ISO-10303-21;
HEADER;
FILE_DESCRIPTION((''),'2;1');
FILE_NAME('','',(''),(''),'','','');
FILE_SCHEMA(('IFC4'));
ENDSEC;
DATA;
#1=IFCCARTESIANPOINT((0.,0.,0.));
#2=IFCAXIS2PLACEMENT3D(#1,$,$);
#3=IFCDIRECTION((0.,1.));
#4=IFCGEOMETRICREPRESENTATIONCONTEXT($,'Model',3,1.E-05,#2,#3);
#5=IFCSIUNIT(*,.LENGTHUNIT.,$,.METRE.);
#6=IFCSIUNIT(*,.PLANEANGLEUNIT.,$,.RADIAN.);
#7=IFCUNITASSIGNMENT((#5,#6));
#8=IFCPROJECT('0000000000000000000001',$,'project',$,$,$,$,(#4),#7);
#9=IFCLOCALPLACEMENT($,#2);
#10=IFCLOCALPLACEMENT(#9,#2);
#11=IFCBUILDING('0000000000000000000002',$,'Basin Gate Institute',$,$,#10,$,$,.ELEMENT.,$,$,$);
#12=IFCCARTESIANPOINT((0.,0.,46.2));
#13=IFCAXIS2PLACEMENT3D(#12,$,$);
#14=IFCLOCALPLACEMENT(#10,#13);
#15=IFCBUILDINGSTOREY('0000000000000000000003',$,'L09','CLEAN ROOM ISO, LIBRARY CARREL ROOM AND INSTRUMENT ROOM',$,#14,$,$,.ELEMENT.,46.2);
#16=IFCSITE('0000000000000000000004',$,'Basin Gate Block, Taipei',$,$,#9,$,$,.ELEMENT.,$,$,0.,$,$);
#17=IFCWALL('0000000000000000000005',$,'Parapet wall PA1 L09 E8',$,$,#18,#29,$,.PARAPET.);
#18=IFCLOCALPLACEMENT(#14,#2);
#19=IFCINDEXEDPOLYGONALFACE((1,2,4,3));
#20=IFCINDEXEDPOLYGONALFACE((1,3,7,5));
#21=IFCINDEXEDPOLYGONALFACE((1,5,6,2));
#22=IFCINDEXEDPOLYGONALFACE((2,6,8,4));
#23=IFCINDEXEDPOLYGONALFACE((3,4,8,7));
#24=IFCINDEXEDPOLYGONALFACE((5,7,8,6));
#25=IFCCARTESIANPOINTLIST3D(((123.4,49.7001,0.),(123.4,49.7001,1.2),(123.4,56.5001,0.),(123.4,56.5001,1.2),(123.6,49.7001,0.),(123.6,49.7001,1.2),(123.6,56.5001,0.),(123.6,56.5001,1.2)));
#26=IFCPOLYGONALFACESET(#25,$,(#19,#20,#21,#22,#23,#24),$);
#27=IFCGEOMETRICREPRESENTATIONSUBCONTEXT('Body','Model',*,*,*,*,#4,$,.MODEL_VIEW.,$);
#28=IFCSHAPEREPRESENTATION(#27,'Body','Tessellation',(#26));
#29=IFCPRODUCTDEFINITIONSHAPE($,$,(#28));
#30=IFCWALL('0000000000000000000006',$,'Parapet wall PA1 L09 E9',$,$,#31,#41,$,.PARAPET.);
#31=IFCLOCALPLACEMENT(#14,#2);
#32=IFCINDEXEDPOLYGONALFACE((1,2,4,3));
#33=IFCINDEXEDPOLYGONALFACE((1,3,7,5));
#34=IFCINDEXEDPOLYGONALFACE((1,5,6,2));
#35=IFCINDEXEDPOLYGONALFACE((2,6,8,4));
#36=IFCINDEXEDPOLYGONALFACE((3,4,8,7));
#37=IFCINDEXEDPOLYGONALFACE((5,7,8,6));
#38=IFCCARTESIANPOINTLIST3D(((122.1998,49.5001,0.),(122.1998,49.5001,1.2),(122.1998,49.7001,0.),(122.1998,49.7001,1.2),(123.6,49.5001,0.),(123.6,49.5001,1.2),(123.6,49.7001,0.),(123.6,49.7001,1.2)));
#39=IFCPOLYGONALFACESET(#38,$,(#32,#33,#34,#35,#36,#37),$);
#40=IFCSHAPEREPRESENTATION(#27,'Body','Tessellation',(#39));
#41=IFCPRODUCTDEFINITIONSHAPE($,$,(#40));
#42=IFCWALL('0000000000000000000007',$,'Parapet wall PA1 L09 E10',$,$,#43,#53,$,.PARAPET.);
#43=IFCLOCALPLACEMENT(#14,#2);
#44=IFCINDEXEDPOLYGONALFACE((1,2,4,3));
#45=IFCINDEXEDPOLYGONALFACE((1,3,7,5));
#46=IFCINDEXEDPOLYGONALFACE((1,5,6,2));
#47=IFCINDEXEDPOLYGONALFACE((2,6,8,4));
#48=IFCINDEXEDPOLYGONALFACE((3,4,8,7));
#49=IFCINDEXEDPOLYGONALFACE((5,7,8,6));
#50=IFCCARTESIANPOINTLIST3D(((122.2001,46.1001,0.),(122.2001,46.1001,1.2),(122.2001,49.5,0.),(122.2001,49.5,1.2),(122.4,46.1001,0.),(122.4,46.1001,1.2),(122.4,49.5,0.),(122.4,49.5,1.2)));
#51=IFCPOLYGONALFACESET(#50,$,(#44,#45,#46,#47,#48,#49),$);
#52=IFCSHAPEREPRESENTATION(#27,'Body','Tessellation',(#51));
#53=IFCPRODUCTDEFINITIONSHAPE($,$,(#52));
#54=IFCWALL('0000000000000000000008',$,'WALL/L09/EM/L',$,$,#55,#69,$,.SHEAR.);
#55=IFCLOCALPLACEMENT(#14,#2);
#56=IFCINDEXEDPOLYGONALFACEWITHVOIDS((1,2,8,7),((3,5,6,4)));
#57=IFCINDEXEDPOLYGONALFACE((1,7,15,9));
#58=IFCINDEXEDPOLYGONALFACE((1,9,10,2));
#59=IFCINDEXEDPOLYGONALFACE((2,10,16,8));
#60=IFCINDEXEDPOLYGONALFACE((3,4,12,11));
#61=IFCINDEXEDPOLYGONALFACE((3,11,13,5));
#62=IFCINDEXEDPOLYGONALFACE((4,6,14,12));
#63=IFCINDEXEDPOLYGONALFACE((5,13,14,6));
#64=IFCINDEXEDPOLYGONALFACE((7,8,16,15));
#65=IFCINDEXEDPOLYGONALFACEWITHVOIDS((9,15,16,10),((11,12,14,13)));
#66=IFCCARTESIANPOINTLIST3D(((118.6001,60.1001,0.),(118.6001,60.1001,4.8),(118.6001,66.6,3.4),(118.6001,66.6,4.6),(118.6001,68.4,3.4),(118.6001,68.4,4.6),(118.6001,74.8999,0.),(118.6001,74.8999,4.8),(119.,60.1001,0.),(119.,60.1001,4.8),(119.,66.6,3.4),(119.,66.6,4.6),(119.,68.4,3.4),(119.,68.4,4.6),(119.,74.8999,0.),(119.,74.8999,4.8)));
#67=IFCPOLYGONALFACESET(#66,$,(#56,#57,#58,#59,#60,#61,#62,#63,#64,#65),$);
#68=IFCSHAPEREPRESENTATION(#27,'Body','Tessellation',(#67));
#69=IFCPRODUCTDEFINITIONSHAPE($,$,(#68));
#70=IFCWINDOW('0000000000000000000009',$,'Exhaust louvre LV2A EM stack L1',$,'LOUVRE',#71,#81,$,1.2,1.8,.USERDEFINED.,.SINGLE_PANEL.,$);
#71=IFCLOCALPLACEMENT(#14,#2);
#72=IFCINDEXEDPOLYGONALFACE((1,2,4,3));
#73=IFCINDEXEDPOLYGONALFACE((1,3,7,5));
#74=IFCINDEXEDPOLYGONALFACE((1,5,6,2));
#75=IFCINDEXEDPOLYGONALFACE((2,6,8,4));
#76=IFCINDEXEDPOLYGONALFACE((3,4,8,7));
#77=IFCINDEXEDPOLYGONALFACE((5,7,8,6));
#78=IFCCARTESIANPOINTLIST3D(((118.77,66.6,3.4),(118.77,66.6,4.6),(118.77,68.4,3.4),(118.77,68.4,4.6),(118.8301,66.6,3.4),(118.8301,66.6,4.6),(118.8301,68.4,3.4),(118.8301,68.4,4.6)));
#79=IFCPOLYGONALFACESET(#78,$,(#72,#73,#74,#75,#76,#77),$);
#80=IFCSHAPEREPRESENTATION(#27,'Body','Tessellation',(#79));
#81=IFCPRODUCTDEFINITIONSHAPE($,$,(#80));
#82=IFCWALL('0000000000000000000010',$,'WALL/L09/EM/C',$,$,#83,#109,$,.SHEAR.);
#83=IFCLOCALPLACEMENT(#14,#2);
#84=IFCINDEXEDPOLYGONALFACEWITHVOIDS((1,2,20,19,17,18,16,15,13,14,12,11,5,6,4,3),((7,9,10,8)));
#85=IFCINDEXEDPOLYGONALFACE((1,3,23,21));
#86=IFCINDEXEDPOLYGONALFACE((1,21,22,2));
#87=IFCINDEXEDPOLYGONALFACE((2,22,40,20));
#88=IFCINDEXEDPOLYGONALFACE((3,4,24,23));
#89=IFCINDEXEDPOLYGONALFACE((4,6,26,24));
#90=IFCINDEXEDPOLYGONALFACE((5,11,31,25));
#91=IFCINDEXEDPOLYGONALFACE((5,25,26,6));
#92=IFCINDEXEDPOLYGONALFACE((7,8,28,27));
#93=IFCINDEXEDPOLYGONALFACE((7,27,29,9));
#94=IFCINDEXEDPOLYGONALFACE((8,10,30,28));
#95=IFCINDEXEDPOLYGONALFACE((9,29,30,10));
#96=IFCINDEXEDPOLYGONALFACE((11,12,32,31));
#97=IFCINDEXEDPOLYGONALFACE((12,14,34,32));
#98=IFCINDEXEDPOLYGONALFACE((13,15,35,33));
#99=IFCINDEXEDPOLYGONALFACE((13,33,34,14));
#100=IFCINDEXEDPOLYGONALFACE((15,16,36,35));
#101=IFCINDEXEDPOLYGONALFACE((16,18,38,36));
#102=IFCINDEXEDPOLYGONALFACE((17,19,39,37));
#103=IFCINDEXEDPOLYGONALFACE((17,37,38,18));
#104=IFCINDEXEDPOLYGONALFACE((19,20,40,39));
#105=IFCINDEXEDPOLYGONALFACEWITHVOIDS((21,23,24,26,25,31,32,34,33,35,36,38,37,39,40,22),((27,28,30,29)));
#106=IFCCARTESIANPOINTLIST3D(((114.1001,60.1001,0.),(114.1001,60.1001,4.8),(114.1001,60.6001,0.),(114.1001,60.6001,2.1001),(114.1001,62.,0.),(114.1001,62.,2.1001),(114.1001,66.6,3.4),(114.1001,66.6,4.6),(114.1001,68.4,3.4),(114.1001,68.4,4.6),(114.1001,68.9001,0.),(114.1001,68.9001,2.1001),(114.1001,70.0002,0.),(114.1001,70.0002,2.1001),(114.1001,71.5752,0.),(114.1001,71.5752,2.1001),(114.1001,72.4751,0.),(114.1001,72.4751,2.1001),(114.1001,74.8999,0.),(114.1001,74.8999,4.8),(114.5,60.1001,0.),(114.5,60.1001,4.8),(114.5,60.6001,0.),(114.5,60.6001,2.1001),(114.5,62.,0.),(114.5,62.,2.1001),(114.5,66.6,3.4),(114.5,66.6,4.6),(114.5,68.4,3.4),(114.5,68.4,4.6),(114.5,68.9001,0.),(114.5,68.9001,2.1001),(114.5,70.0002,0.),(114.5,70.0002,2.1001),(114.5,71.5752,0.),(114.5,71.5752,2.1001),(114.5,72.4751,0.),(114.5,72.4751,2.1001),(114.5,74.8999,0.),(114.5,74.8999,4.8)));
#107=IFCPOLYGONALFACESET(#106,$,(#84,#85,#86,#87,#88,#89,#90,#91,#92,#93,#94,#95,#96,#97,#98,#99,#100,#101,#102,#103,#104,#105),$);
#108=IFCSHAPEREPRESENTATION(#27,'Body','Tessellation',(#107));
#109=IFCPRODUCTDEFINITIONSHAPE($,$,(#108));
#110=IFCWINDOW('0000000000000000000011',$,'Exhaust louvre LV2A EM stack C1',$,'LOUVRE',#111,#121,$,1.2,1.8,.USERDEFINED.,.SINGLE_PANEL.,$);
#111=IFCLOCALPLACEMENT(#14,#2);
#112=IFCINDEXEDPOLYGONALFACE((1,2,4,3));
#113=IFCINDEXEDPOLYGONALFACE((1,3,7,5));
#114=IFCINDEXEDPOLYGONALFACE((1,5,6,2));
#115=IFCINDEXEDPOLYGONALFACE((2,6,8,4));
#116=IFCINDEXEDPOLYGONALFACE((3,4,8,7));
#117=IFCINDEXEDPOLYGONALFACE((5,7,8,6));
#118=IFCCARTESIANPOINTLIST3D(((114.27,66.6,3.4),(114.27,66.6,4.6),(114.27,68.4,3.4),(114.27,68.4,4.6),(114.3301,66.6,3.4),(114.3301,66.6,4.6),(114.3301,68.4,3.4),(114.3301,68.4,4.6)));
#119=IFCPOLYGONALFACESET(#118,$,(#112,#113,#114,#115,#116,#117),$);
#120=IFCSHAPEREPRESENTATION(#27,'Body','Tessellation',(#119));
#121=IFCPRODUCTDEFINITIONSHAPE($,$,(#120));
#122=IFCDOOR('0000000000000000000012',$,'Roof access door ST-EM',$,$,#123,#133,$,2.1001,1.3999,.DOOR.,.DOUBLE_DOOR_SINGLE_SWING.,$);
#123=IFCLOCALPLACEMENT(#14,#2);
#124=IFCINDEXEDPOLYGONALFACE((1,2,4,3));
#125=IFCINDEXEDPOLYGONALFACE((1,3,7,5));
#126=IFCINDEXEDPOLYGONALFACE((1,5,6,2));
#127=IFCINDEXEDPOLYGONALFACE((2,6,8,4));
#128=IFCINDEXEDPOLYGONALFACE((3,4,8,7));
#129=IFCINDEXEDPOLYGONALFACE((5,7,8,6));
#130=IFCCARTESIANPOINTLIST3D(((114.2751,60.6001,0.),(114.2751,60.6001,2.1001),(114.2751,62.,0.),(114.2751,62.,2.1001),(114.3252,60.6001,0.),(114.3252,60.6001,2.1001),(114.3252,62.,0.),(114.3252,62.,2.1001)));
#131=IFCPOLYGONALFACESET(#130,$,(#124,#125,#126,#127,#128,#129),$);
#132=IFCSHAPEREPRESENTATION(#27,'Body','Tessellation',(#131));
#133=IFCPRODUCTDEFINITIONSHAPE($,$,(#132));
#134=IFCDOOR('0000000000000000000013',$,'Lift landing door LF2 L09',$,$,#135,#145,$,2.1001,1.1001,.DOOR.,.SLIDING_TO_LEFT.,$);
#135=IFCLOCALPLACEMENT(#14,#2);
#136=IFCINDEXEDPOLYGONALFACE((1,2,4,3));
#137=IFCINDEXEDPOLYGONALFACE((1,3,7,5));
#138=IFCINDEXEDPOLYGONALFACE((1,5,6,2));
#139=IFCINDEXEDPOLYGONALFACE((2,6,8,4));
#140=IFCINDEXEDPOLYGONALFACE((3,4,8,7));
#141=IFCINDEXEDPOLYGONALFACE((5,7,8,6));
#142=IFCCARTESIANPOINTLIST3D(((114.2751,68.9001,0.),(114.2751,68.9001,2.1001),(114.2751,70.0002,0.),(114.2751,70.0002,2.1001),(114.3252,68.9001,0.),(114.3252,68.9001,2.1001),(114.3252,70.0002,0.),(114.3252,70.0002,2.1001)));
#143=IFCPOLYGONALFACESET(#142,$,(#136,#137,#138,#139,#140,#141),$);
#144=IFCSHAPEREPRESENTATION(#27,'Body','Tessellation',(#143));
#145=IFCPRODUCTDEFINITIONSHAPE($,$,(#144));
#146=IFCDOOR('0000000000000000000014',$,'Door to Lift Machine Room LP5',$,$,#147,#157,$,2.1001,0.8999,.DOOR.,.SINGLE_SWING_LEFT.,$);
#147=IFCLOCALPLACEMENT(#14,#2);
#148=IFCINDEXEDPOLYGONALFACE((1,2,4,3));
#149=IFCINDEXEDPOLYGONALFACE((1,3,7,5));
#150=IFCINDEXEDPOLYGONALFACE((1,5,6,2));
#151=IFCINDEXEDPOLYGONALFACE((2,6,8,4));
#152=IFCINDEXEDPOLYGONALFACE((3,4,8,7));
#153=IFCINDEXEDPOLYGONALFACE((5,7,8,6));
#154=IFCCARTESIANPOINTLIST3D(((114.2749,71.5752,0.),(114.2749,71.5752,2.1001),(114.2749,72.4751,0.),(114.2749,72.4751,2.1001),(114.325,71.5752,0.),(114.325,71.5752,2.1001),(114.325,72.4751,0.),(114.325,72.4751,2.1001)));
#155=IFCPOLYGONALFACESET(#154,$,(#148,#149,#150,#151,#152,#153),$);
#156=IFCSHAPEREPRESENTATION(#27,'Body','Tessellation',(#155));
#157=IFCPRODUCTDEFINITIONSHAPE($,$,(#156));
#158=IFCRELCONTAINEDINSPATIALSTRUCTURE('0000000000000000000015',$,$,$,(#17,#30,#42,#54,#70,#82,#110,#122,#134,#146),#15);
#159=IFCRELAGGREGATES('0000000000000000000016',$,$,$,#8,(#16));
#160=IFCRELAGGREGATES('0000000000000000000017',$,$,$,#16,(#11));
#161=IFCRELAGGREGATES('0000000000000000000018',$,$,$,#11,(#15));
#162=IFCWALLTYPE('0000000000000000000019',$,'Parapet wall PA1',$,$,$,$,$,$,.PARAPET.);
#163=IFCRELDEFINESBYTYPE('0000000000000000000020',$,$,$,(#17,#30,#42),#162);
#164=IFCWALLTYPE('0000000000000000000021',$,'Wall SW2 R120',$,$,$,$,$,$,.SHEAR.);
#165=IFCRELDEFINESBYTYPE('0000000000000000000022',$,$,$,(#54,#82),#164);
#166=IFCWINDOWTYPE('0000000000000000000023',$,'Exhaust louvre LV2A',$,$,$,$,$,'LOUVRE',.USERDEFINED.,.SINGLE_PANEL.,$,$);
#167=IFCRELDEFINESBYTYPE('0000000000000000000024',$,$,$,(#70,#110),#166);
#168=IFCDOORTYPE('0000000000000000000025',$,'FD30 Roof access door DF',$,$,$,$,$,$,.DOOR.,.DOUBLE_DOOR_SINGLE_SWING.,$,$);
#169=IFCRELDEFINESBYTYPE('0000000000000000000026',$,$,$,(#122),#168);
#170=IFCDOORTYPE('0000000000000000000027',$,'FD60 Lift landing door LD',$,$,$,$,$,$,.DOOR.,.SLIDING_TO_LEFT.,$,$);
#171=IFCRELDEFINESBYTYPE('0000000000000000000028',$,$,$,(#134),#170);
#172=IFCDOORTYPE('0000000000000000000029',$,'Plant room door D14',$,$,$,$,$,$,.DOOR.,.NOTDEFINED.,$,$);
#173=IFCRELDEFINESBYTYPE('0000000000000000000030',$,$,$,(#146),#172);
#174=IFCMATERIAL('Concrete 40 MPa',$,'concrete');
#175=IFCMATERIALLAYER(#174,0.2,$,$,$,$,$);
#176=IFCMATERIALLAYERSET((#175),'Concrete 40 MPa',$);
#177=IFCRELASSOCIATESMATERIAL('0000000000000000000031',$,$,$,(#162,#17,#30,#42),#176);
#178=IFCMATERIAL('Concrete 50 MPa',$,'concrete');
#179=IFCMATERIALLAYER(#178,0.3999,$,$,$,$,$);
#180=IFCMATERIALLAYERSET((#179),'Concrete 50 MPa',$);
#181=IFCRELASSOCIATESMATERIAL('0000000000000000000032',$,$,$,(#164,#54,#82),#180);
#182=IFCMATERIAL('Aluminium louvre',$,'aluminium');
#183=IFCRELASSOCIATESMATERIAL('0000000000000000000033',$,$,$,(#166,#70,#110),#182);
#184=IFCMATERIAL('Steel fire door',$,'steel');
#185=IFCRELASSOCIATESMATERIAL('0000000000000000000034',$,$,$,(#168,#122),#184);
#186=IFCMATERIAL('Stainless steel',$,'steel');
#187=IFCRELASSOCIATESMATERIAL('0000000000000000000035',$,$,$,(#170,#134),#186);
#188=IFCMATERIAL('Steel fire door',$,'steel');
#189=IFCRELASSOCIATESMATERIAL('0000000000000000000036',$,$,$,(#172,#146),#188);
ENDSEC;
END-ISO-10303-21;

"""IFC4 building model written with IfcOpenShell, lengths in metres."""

from ifc_helpers import new_model, si_unit, direction, frame, frame_2d, origin, place, context, subcontext, project, spatial, rectangle, extrude, material, layer, layer_set, type_object, element, fill, save


model = new_model("IFC4")

# Units and contexts
model_context = context("Model", 3, precision=1e-05, world=origin(), true_north=direction((0.0, 1.0)))
body_context = subcontext(model_context, "Body", "Model", "MODEL_VIEW")
ifc_project = project(units=[si_unit("LENGTHUNIT", "METRE"), si_unit("PLANEANGLEUNIT", "RADIAN")], contexts=[model_context])

# Site, building, storey
site_placement = place(None, origin())
site = spatial("IfcSite", under=ifc_project, at=site_placement, Name="Basin Gate Block, Taipei", CompositionType="ELEMENT", RefElevation=0.0)
building_placement = place(site_placement, origin())
building = spatial("IfcBuilding", under=site, at=building_placement, Name="Basin Gate Institute", CompositionType="ELEMENT")
storey_placement = place(building_placement, frame((0.0, 0.0, 46.2)))
storey = spatial("IfcBuildingStorey", under=building, at=storey_placement, Name="L09", Description="CLEAN ROOM ISO, LIBRARY CARREL ROOM AND INSTRUMENT ROOM", CompositionType="ELEMENT", Elevation=46.2)

# Walls
ifc_material_1 = material(Name="Concrete 40 MPa", Category="concrete")
ifc_layer_1 = layer(ifc_material_1, 0.2)
ifc_layer_set_1 = layer_set([ifc_layer_1], Name="Concrete 40 MPa")
wall_type_1 = type_object("IfcWallType", Name="Parapet wall PA1", PredefinedType="PARAPET", material=ifc_layer_set_1)
wall_1_placement = place(storey_placement, frame((123.5, 56.5, 0.0), z_axis=(0.0, 0.0, 1.0), x_axis=(0.0, -1.0, 0.0)))
element("IfcWall", 1, at=wall_1_placement, inside=storey, type_object=wall_type_1, material=ifc_layer_set_1, Name="Parapet wall PA1 L09 E8", PredefinedType="PARAPET", context=body_context, shape_type="SweptSolid", body=[
    extrude(rectangle(XDim=6.8, YDim=0.2, at=frame_2d((3.3999, 0.0))), origin(), (0.0, 0.0, 1.0), 1.2),
])
wall_2_placement = place(storey_placement, frame((123.6001, 49.6001, 0.0), z_axis=(0.0, 0.0, 1.0), x_axis=(-1.0, 0.0, 0.0)))
element("IfcWall", 2, at=wall_2_placement, inside=storey, type_object=wall_type_1, material=ifc_layer_set_1, Name="Parapet wall PA1 L09 E9", PredefinedType="PARAPET", context=body_context, shape_type="SweptSolid", body=[
    extrude(rectangle(XDim=1.4001, YDim=0.2, at=frame_2d((0.7002, 0.0))), origin(), (0.0, 0.0, 1.0), 1.2),
])
wall_3_placement = place(storey_placement, frame((122.3, 49.5, 0.0), z_axis=(0.0, 0.0, 1.0), x_axis=(0.0, -1.0, 0.0)))
element("IfcWall", 3, at=wall_3_placement, inside=storey, type_object=wall_type_1, material=ifc_layer_set_1, Name="Parapet wall PA1 L09 E10", PredefinedType="PARAPET", context=body_context, shape_type="SweptSolid", body=[
    extrude(rectangle(XDim=3.3999, YDim=0.2, at=frame_2d((1.7, 0.0))), origin(), (0.0, 0.0, 1.0), 1.2),
])

# Wall, opening, window
ifc_material_2 = material(Name="Concrete 50 MPa", Category="concrete")
ifc_layer_2 = layer(ifc_material_2, 0.3999)
ifc_layer_set_2 = layer_set([ifc_layer_2], Name="Concrete 50 MPa")
wall_type_2 = type_object("IfcWallType", Name="Wall SW2 R120", PredefinedType="SHEAR", material=ifc_layer_set_2)
wall_4_placement = place(storey_placement, frame((118.8, 60.1001, 0.0), z_axis=(0.0, 0.0, 1.0), x_axis=(0.0, 1.0, 0.0)))
wall_4 = element("IfcWall", 4, at=wall_4_placement, inside=storey, type_object=wall_type_2, material=ifc_layer_set_2, Name="WALL/L09/EM/L", PredefinedType="SHEAR", context=body_context, shape_type="SweptSolid", body=[
    extrude(rectangle(XDim=14.7998, YDim=0.3999, at=frame_2d((7.3999, 0.0))), origin(), (0.0, 0.0, 1.0), 4.8),
])
opening_1_placement = place(wall_4_placement, frame((6.5, 0.0, 3.3999)))
opening_1 = element("IfcOpeningElement", 5, at=opening_1_placement, cuts=wall_4, PredefinedType="OPENING", context=body_context, shape_type="SweptSolid", body=[
    extrude(rectangle(XDim=1.8, YDim=1.2, at=frame_2d((0.8999, 0.6001))), frame((0.0, 0.21, 0.0), z_axis=(0.0, -1.0, 0.0), x_axis=(1.0, 0.0, 0.0)), (0.0, 0.0, 1.0), 0.4199),
])
ifc_material_3 = material(Name="Aluminium louvre", Category="aluminium")
window_type = type_object("IfcWindowType", Name="Exhaust louvre LV2A", ElementType="LOUVRE", PartitioningType="SINGLE_PANEL", PredefinedType="USERDEFINED", material=ifc_material_3)
window_1_placement = place(opening_1_placement, origin())
window_1 = element("IfcWindow", 6, at=window_1_placement, inside=storey, type_object=window_type, material=ifc_material_3, Name="Exhaust louvre LV2A EM stack L1", ObjectType="LOUVRE", OverallHeight=1.2, OverallWidth=1.8, PartitioningType="SINGLE_PANEL", PredefinedType="USERDEFINED", context=body_context, shape_type="SweptSolid", body=[
    extrude(rectangle(XDim=1.8, YDim=1.2, at=frame_2d((0.8999, 0.6001))), frame((0.0, 0.03, 0.0), z_axis=(0.0, -1.0, 0.0), x_axis=(1.0, 0.0, 0.0)), (0.0, 0.0, 1.0), 0.0601),
])
fill(opening_1, window_1)

# Wall, openings, window, doors
wall_5_placement = place(storey_placement, frame((114.3, 60.1001, 0.0), z_axis=(0.0, 0.0, 1.0), x_axis=(0.0, 1.0, 0.0)))
wall_5 = element("IfcWall", 7, at=wall_5_placement, inside=storey, type_object=wall_type_2, material=ifc_layer_set_2, Name="WALL/L09/EM/C", PredefinedType="SHEAR", context=body_context, shape_type="SweptSolid", body=[
    extrude(rectangle(XDim=14.7998, YDim=0.3999, at=frame_2d((7.3999, 0.0))), origin(), (0.0, 0.0, 1.0), 4.8),
])
opening_2_placement = place(wall_5_placement, frame((8.8, 0.0, 0.0)))
opening_2 = element("IfcOpeningElement", 8, at=opening_2_placement, cuts=wall_5, PredefinedType="OPENING", context=body_context, shape_type="SweptSolid", body=[
    extrude(rectangle(XDim=1.1001, YDim=2.1001, at=frame_2d((0.55, 1.05))), frame((0.0, 0.21, 0.0), z_axis=(0.0, -1.0, 0.0), x_axis=(1.0, 0.0, 0.0)), (0.0, 0.0, 1.0), 0.4199),
])
opening_3_placement = place(wall_5_placement, frame((0.5, 0.0, 0.0)))
opening_3 = element("IfcOpeningElement", 9, at=opening_3_placement, cuts=wall_5, PredefinedType="OPENING", context=body_context, shape_type="SweptSolid", body=[
    extrude(rectangle(XDim=1.3999, YDim=2.1001, at=frame_2d((0.7, 1.05))), frame((0.0, 0.21, 0.0), z_axis=(0.0, -1.0, 0.0), x_axis=(1.0, 0.0, 0.0)), (0.0, 0.0, 1.0), 0.4199),
])
opening_4_placement = place(wall_5_placement, frame((6.5, 0.0, 3.3999)))
opening_4 = element("IfcOpeningElement", 10, at=opening_4_placement, cuts=wall_5, PredefinedType="OPENING", context=body_context, shape_type="SweptSolid", body=[
    extrude(rectangle(XDim=1.8, YDim=1.2, at=frame_2d((0.8999, 0.6001))), frame((0.0, 0.21, 0.0), z_axis=(0.0, -1.0, 0.0), x_axis=(1.0, 0.0, 0.0)), (0.0, 0.0, 1.0), 0.4199),
])
opening_5_placement = place(wall_5_placement, frame((11.4751, 0.0, 0.0)))
opening_5 = element("IfcOpeningElement", 11, at=opening_5_placement, cuts=wall_5, PredefinedType="OPENING", context=body_context, shape_type="SweptSolid", body=[
    extrude(rectangle(XDim=0.8999, YDim=2.1001, at=frame_2d((0.45, 1.05))), frame((0.0, 0.21, 0.0), z_axis=(0.0, -1.0, 0.0), x_axis=(1.0, 0.0, 0.0)), (0.0, 0.0, 1.0), 0.4199),
])
window_2_placement = place(opening_4_placement, origin())
window_2 = element("IfcWindow", 12, at=window_2_placement, inside=storey, type_object=window_type, material=ifc_material_3, Name="Exhaust louvre LV2A EM stack C1", ObjectType="LOUVRE", OverallHeight=1.2, OverallWidth=1.8, PartitioningType="SINGLE_PANEL", PredefinedType="USERDEFINED", context=body_context, shape_type="SweptSolid", body=[
    extrude(rectangle(XDim=1.8, YDim=1.2, at=frame_2d((0.8999, 0.6001))), frame((0.0, 0.03, 0.0), z_axis=(0.0, -1.0, 0.0), x_axis=(1.0, 0.0, 0.0)), (0.0, 0.0, 1.0), 0.0601),
])
fill(opening_4, window_2)
ifc_material_4 = material(Name="Steel fire door", Category="steel")
door_type_1 = type_object("IfcDoorType", Name="FD30 Roof access door DF", OperationType="DOUBLE_DOOR_SINGLE_SWING", PredefinedType="DOOR", material=ifc_material_4)
door_1_placement = place(opening_3_placement, origin())
door_1 = element("IfcDoor", 13, at=door_1_placement, inside=storey, type_object=door_type_1, material=ifc_material_4, Name="Roof access door ST-EM", OperationType="DOUBLE_DOOR_SINGLE_SWING", OverallHeight=2.1001, OverallWidth=1.3999, PredefinedType="DOOR", context=body_context, shape_type="SweptSolid", body=[
    extrude(rectangle(XDim=1.3999, YDim=2.1001, at=frame_2d((0.7, 1.05))), frame((0.0, 0.0249, 0.0), z_axis=(0.0, -1.0, 0.0), x_axis=(1.0, 0.0, 0.0)), (0.0, 0.0, 1.0), 0.05),
])
fill(opening_3, door_1)
ifc_material_5 = material(Name="Stainless steel", Category="steel")
door_type_2 = type_object("IfcDoorType", Name="FD60 Lift landing door LD", OperationType="SLIDING_TO_LEFT", PredefinedType="DOOR", material=ifc_material_5)
door_2_placement = place(opening_2_placement, origin())
door_2 = element("IfcDoor", 14, at=door_2_placement, inside=storey, type_object=door_type_2, material=ifc_material_5, Name="Lift landing door LF2 L09", OperationType="SLIDING_TO_LEFT", OverallHeight=2.1001, OverallWidth=1.1001, PredefinedType="DOOR", context=body_context, shape_type="SweptSolid", body=[
    extrude(rectangle(XDim=1.1001, YDim=2.1001, at=frame_2d((0.55, 1.05))), frame((0.0, 0.0249, 0.0), z_axis=(0.0, -1.0, 0.0), x_axis=(1.0, 0.0, 0.0)), (0.0, 0.0, 1.0), 0.05),
])
fill(opening_2, door_2)
ifc_material_6 = material(Name="Steel fire door", Category="steel")
door_type_3 = type_object("IfcDoorType", Name="Plant room door D14", OperationType="NOTDEFINED", PredefinedType="DOOR", material=ifc_material_6)
door_3_placement = place(opening_5_placement, frame((0.8999, 0.0, 0.0), z_axis=(0.0, 0.0, 1.0), x_axis=(-1.0, 0.0, 0.0)))
door_3 = element("IfcDoor", 15, at=door_3_placement, inside=storey, type_object=door_type_3, material=ifc_material_6, Name="Door to Lift Machine Room LP5", OperationType="SINGLE_SWING_LEFT", OverallHeight=2.1001, OverallWidth=0.8999, PredefinedType="DOOR", context=body_context, shape_type="SweptSolid", body=[
    extrude(rectangle(XDim=0.8999, YDim=2.1001, at=frame_2d((0.45, 1.05))), frame((0.0, 0.0249, 0.0), z_axis=(0.0, -1.0, 0.0), x_axis=(1.0, 0.0, 0.0)), (0.0, 0.0, 1.0), 0.05),
])
fill(opening_5, door_3)

save(model, "model.ifc")
